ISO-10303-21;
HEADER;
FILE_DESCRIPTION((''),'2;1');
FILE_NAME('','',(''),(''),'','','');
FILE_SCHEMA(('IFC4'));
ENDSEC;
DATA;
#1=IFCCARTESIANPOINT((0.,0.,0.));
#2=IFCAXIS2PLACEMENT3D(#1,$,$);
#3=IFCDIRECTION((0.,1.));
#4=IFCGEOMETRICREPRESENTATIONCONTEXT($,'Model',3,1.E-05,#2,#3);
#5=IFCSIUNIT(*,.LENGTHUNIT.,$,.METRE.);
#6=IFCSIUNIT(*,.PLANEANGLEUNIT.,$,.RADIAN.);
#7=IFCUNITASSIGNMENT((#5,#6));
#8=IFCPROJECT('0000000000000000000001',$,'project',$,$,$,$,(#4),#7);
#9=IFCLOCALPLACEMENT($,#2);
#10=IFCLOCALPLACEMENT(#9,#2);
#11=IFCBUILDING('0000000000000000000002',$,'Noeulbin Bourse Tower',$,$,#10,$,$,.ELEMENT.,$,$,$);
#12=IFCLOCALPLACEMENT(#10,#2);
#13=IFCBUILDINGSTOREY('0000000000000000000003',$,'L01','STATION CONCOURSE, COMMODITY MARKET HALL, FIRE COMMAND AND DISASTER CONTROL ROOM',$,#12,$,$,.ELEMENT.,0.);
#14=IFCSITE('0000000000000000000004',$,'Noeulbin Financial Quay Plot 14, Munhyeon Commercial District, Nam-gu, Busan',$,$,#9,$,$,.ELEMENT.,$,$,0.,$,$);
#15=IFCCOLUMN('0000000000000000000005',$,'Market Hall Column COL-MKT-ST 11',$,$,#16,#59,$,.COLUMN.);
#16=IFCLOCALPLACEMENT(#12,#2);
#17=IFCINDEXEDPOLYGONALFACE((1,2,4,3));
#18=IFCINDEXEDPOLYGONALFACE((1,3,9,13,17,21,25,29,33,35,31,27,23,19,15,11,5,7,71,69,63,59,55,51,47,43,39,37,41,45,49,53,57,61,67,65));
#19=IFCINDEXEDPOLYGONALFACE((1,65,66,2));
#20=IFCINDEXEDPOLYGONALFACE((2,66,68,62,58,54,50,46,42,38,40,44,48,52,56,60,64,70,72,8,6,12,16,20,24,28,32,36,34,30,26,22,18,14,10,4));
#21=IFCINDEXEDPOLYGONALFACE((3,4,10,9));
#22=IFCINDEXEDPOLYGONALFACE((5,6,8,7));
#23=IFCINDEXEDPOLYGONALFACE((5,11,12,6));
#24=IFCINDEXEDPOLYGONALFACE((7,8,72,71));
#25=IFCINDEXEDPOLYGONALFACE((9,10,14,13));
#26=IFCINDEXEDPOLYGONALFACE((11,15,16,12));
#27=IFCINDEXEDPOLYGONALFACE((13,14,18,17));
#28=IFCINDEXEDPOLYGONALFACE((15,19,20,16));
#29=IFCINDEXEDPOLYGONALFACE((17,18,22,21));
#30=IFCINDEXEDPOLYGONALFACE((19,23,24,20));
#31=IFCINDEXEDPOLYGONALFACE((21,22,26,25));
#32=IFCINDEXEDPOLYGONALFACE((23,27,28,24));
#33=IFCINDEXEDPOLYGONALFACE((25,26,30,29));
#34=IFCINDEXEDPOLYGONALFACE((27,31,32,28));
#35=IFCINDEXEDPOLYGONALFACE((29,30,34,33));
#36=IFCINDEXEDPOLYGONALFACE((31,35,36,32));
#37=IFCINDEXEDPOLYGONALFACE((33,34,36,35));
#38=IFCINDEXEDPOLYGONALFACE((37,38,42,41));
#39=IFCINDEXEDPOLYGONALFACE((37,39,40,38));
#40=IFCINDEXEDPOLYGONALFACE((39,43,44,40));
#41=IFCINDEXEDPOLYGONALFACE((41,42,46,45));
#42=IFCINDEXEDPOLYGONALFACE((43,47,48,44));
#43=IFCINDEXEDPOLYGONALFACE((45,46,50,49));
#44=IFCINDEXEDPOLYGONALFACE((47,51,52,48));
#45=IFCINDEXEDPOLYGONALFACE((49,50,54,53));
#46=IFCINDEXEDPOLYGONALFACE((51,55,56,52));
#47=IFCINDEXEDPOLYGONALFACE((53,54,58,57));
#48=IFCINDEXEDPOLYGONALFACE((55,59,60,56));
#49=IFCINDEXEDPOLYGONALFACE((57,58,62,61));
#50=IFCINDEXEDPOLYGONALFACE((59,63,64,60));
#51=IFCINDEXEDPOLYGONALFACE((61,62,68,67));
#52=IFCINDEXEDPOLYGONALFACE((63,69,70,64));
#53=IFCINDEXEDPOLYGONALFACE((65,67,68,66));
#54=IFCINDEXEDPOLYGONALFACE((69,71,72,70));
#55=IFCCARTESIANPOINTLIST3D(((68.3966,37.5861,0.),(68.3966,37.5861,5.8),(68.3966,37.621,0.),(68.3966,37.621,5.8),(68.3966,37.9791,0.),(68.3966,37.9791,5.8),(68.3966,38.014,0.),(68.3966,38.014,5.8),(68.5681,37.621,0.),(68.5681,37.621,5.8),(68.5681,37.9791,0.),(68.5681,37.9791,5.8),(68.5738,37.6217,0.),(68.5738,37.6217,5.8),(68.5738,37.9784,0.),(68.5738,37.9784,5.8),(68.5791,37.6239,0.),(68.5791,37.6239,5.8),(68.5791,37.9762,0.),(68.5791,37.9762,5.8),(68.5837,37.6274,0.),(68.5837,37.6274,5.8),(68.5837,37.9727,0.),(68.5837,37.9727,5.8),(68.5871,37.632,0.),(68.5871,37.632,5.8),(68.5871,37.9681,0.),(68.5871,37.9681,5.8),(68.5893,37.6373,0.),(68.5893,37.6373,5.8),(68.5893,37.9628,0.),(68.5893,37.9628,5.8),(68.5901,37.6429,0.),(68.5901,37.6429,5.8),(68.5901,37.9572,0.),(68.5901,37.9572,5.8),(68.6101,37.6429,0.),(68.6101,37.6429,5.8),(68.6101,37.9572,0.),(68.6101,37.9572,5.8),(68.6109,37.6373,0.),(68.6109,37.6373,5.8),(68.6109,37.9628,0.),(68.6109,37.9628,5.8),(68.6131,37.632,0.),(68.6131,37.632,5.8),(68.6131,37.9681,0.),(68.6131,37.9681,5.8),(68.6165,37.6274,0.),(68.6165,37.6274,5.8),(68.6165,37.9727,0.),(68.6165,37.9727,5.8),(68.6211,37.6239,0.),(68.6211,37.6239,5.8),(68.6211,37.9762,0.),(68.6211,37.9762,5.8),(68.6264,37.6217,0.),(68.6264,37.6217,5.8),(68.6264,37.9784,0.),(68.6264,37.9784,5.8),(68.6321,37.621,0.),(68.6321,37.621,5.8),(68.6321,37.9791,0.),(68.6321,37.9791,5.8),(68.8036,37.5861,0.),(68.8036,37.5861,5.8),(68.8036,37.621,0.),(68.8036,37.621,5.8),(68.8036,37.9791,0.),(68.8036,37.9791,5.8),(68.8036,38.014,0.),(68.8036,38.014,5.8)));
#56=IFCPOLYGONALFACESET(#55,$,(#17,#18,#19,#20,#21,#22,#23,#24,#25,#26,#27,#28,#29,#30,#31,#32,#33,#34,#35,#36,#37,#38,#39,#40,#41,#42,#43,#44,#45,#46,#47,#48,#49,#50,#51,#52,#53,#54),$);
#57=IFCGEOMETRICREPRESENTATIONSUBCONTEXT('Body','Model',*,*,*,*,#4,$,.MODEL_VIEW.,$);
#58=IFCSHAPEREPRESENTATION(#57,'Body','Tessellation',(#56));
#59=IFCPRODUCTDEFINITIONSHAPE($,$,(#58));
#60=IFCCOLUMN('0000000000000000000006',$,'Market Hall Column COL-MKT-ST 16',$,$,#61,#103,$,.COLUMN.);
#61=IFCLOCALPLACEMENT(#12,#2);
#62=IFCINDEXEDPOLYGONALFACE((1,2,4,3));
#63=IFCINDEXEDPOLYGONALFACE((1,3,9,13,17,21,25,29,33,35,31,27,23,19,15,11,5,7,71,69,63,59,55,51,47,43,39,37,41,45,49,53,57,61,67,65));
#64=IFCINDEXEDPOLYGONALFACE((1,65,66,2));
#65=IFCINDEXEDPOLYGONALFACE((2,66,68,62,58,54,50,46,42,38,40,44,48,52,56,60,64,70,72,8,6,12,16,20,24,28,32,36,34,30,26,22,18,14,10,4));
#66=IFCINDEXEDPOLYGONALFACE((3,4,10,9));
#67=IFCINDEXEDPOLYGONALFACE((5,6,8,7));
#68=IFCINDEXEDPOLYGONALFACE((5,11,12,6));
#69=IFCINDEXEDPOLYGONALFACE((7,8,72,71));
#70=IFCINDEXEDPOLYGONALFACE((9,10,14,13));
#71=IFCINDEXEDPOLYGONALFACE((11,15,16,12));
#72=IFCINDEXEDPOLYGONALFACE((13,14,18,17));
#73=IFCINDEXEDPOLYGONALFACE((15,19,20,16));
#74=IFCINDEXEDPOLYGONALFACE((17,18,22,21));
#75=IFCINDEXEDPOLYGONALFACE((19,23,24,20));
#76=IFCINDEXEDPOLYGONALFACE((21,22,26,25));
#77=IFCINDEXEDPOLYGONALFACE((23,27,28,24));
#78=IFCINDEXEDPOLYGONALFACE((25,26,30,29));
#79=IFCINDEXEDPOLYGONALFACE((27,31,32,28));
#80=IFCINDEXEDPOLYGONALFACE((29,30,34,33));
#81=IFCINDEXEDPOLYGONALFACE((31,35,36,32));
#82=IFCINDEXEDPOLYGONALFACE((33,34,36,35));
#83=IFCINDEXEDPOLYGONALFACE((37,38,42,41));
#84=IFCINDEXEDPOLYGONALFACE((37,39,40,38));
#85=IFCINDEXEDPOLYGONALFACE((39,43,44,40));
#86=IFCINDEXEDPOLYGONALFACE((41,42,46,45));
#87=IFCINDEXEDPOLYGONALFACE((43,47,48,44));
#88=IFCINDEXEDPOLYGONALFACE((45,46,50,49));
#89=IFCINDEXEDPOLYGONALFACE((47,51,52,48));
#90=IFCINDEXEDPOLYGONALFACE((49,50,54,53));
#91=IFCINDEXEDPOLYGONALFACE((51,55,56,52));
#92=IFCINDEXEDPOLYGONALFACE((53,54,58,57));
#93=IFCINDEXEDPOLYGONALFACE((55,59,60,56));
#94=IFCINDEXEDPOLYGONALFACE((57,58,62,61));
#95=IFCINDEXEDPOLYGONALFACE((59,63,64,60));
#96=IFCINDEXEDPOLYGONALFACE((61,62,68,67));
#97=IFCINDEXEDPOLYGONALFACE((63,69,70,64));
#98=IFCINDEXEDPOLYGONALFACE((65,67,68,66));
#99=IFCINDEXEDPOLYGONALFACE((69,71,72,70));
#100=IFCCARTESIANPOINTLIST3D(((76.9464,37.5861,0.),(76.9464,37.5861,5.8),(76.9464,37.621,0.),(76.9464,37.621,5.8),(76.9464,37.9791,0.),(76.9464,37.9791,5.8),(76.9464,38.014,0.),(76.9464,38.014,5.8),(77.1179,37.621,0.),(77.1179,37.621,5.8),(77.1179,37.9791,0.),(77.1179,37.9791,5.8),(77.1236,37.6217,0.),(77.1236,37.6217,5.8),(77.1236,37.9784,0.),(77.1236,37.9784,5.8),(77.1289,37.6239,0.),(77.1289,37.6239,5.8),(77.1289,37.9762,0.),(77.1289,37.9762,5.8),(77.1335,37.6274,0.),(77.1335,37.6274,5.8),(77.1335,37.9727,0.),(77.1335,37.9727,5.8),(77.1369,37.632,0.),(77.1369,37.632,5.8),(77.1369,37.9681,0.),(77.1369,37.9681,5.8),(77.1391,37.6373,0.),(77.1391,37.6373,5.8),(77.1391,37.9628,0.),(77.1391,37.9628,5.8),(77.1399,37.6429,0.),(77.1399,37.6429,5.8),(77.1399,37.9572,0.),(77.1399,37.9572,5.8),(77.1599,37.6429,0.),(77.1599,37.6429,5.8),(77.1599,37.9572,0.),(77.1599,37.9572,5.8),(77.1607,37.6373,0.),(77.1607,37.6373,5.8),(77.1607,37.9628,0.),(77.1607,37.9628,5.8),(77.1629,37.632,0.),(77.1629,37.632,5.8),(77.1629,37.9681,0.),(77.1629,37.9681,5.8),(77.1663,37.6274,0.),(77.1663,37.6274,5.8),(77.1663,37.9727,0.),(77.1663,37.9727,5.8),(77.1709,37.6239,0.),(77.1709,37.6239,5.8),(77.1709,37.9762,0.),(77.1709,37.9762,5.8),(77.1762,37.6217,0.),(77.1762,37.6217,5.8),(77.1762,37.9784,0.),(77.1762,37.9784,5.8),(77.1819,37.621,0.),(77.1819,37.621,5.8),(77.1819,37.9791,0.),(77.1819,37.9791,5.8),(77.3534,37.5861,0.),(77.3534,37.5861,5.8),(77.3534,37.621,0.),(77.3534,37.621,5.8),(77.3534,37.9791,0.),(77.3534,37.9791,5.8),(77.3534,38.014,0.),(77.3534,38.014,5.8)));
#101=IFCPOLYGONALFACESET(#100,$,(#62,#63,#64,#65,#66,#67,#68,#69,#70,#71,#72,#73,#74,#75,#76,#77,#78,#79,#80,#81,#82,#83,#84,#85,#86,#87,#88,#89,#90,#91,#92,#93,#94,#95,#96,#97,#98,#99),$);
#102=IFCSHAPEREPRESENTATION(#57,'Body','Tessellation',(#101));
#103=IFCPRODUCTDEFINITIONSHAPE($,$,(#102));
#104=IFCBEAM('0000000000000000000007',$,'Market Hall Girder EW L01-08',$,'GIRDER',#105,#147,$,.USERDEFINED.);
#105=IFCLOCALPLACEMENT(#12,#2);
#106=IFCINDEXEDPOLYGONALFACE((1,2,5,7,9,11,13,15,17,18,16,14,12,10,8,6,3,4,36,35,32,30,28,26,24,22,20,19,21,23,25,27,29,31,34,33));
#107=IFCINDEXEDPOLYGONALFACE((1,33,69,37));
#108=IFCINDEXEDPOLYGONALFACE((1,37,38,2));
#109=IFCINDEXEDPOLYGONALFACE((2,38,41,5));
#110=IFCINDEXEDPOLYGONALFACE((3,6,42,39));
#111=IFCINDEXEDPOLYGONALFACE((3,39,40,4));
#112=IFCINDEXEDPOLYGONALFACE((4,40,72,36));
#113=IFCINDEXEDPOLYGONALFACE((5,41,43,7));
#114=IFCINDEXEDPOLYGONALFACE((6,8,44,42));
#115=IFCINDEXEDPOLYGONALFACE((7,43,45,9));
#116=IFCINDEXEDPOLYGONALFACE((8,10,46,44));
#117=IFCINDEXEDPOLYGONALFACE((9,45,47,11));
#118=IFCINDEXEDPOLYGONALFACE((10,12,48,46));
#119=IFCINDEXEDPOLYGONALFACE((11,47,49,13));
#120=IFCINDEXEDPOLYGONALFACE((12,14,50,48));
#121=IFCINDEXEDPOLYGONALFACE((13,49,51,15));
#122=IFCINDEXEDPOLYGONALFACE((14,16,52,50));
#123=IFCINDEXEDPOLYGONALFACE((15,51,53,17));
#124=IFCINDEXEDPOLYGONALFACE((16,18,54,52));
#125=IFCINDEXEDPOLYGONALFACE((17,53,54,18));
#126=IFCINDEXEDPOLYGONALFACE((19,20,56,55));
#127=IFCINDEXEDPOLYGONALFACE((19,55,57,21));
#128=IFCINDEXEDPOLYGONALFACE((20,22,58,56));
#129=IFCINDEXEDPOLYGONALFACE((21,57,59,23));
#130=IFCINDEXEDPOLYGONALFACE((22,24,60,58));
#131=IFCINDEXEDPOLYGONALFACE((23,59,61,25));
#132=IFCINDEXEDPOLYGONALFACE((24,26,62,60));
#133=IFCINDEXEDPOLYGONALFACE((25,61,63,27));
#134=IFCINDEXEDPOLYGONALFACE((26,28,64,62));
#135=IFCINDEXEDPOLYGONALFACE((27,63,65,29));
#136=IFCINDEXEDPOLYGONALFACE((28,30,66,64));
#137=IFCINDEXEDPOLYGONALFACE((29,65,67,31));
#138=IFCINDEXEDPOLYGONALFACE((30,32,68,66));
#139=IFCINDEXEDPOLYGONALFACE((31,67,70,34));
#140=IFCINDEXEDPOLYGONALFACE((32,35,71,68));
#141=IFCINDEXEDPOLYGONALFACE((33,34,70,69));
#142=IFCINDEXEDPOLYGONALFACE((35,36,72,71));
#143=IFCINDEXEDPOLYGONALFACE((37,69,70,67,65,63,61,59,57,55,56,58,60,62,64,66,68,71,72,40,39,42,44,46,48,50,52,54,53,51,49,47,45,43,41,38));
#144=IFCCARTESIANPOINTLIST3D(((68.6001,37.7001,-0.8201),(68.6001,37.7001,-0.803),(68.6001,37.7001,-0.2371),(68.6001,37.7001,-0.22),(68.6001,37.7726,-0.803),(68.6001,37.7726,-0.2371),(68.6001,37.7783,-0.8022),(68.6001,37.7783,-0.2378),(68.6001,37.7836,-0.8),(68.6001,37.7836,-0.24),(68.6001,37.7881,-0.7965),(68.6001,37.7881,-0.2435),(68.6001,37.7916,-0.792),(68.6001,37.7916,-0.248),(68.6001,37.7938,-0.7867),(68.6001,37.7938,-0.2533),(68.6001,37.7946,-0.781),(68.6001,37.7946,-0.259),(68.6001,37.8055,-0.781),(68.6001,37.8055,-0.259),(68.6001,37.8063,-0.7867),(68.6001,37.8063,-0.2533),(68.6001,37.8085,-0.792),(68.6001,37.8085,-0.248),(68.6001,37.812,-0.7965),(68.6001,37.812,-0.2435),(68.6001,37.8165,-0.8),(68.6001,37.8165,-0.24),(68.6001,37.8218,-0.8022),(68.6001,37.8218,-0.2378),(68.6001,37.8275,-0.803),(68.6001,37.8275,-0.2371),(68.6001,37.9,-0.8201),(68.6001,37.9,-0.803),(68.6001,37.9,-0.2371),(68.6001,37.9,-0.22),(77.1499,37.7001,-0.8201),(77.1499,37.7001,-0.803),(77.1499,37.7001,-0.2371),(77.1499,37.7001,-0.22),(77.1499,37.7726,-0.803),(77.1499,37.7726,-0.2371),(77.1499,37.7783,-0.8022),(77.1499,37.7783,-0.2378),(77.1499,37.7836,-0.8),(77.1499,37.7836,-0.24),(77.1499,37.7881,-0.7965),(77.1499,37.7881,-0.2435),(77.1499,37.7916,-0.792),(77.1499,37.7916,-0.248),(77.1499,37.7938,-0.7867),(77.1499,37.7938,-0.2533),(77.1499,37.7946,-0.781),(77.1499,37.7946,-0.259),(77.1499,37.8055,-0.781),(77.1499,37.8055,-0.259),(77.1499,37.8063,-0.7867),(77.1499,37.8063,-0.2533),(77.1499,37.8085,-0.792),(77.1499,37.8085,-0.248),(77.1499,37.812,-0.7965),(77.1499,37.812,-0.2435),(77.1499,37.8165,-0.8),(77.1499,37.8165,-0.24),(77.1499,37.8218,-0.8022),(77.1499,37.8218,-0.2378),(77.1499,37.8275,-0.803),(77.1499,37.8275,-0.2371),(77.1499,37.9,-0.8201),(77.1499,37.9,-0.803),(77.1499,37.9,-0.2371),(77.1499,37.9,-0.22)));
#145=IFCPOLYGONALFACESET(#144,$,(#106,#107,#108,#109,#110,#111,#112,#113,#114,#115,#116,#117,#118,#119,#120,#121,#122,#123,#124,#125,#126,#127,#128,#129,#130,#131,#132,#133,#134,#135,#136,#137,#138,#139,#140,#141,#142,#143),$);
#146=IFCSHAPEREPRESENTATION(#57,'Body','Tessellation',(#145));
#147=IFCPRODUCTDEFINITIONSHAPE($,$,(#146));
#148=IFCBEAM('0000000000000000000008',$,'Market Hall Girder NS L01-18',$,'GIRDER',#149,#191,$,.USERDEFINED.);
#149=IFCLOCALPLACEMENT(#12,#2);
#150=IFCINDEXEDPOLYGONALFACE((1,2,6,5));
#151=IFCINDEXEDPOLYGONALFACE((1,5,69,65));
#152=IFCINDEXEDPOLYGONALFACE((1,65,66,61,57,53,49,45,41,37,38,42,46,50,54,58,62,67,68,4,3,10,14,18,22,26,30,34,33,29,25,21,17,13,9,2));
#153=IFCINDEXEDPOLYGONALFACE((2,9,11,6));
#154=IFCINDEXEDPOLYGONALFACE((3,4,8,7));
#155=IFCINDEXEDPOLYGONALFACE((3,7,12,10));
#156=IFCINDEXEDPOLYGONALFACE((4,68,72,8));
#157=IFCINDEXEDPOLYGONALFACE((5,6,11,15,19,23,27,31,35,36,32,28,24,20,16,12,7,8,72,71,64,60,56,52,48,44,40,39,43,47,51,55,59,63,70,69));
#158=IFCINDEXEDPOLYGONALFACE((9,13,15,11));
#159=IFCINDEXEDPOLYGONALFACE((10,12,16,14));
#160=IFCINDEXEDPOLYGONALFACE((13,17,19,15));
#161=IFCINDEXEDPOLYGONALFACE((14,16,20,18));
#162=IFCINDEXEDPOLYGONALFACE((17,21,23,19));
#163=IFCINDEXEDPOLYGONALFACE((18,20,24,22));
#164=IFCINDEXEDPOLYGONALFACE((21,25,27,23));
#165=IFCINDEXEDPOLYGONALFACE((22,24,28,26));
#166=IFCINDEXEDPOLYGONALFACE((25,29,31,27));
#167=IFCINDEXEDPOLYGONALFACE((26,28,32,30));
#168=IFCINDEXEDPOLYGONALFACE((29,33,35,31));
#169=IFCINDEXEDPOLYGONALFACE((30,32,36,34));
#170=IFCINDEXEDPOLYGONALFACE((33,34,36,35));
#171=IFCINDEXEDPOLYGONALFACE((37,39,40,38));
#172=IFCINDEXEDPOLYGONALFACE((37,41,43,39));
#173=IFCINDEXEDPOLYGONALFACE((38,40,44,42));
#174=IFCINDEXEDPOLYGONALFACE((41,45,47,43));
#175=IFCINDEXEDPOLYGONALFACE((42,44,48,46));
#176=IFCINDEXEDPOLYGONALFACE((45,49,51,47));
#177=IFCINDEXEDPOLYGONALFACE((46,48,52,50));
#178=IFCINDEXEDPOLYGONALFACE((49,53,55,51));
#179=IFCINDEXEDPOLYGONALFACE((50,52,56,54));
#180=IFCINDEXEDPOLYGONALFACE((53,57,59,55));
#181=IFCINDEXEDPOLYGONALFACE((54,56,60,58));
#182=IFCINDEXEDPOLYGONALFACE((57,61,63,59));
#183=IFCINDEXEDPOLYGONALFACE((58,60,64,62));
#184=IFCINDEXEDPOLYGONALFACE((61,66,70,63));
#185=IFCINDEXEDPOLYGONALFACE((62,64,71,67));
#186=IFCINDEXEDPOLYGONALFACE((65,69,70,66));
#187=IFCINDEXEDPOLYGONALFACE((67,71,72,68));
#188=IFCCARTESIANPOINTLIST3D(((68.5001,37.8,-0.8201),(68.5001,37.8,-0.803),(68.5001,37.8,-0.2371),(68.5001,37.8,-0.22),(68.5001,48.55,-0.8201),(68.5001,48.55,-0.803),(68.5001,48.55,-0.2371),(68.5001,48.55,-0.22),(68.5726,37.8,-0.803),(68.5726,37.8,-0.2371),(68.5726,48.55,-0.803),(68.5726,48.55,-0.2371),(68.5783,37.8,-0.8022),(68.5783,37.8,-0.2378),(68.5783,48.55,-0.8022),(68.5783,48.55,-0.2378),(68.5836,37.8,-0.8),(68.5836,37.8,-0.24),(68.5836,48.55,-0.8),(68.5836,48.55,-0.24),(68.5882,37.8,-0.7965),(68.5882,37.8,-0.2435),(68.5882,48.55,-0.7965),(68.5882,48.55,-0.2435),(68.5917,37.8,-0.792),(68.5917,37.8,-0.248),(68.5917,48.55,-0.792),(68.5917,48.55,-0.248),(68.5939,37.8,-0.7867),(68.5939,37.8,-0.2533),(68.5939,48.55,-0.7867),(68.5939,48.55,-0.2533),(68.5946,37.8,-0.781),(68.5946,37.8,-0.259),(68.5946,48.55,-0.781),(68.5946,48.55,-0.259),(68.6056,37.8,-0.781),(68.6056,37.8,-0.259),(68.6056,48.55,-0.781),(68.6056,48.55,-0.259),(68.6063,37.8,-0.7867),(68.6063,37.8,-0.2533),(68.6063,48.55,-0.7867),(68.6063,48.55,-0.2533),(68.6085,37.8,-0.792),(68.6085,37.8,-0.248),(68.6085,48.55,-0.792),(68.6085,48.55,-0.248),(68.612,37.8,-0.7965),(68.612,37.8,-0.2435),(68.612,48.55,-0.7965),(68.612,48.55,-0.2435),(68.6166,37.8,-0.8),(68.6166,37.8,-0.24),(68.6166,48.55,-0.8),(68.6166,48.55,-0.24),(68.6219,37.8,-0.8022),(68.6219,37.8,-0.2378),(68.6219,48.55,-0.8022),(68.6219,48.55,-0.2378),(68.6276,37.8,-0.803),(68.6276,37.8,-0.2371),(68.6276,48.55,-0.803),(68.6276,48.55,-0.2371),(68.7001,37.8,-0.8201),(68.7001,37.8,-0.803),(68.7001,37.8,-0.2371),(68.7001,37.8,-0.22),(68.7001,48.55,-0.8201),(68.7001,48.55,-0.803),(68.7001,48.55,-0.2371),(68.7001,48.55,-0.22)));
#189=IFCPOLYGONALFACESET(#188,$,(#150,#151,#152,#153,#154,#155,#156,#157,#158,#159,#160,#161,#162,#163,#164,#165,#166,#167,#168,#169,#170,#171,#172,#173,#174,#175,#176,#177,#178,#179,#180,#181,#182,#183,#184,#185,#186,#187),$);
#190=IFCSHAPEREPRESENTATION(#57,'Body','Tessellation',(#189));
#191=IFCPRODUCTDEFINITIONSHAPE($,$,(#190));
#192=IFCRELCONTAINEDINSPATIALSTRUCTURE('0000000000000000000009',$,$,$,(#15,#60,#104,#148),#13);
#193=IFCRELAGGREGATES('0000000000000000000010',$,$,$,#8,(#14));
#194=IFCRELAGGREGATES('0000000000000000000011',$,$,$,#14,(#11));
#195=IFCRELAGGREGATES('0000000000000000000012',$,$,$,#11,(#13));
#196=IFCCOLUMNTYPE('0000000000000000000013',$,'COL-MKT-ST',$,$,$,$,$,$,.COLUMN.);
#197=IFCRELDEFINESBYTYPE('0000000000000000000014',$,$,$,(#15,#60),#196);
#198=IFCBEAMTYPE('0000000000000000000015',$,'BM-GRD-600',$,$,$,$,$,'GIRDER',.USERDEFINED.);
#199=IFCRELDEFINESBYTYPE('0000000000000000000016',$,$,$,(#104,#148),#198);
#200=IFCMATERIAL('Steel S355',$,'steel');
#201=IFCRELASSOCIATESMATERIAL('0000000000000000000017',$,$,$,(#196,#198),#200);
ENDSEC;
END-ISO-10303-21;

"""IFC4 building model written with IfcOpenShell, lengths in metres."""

from ifc_helpers import new_model, si_unit, direction, frame, origin, origin_2d, place, context, subcontext, project, spatial, i_section, extrude, material, material_profile, profile_set, type_object, element, save


model = new_model("IFC4")

# Units and contexts
model_context = context("Model", 3, precision=1e-05, world=origin(), true_north=direction((0.0, 1.0)))
body_context = subcontext(model_context, "Body", "Model", "MODEL_VIEW")
ifc_project = project(units=[si_unit("LENGTHUNIT", "METRE"), si_unit("PLANEANGLEUNIT", "RADIAN")], contexts=[model_context])

# Site, building, storey
site_placement = place(None, origin())
site = spatial("IfcSite", under=ifc_project, at=site_placement, Name="Noeulbin Financial Quay Plot 14, Munhyeon Commercial District, Nam-gu, Busan", CompositionType="ELEMENT", RefElevation=0.0)
building_placement = place(site_placement, origin())
building = spatial("IfcBuilding", under=site, at=building_placement, Name="Noeulbin Bourse Tower", CompositionType="ELEMENT")
storey_placement = place(building_placement, origin())
storey = spatial("IfcBuildingStorey", under=building, at=storey_placement, Name="L01", Description="STATION CONCOURSE, COMMODITY MARKET HALL, FIRE COMMAND AND DISASTER CONTROL ROOM", CompositionType="ELEMENT", Elevation=0.0)

# Columns
ifc_material_1 = material(Name="Steel S355", Category="steel")
ifc_material_profile_1 = material_profile(ifc_material_1, i_section(OverallWidth=0.407, OverallDepth=0.428, WebThickness=0.02, FlangeThickness=0.0349, FilletRadius=0.022, at=origin_2d()), Name="H-428x407x20x35", Category="LoadBearing")
ifc_profile_set_1 = profile_set([ifc_material_profile_1], Name="Steel S355")
column_type = type_object("IfcColumnType", Name="COL-MKT-ST", PredefinedType="COLUMN", material=ifc_profile_set_1)
for number, where, z_axis, x_axis, name in (
    (1, (68.6001, 37.8, 0.0), (0.0, 0.0, 1.0), (1.0, 0.0, 0.0), "Market Hall Column COL-MKT-ST 11"),
    (2, (77.1499, 37.8, 0.0), (0.0, 0.0, 1.0), (1.0, 0.0, 0.0), "Market Hall Column COL-MKT-ST 16"),
):
    element("IfcColumn", number, at=place(storey_placement, frame(where, z_axis=z_axis, x_axis=x_axis)), inside=storey, type_object=column_type, Name=name, PredefinedType="COLUMN", context=body_context, shape_type="SweptSolid", body=[
        extrude(i_section(OverallWidth=0.407, OverallDepth=0.428, WebThickness=0.02, FlangeThickness=0.0349, FilletRadius=0.022, at=origin_2d()), origin(), (0.0, 0.0, 1.0), 5.8),
    ])

# Beams
ifc_material_profile_2 = material_profile(ifc_material_1, i_section(OverallWidth=0.2, OverallDepth=0.6001, WebThickness=0.011, FlangeThickness=0.0171, FilletRadius=0.022, at=origin_2d()), Name="H-600x200x11x17", Category="LoadBearing")
ifc_profile_set_2 = profile_set([ifc_material_profile_2], Name="Steel S355")
beam_type_1 = type_object("IfcBeamType", Name="BM-GRD-600", ElementType="GIRDER", PredefinedType="USERDEFINED", material=ifc_profile_set_2)
beam_1_placement = place(storey_placement, frame((68.6001, 37.8, -0.52), z_axis=(1.0, 0.0, 0.0), x_axis=(0.0, 1.0, 0.0)))
element("IfcBeam", 3, at=beam_1_placement, inside=storey, type_object=beam_type_1, Name="Market Hall Girder EW L01-08", ObjectType="GIRDER", PredefinedType="USERDEFINED", context=body_context, shape_type="SweptSolid", body=[
    extrude(i_section(OverallWidth=0.2, OverallDepth=0.6001, WebThickness=0.011, FlangeThickness=0.0171, FilletRadius=0.022, at=origin_2d()), origin(), (0.0, 0.0, 1.0), 8.5498),
])
for number, where, z_axis, x_axis, name in (
    (4, (68.6001, 37.8, -0.52), (0.0, 1.0, 0.0), (-1.0, 0.0, 0.0), "Market Hall Girder NS L01-18"),
):
    element("IfcBeam", number, at=place(storey_placement, frame(where, z_axis=z_axis, x_axis=x_axis)), inside=storey, type_object=beam_type_1, Name=name, ObjectType="GIRDER", PredefinedType="USERDEFINED", context=body_context, shape_type="SweptSolid", body=[
        extrude(i_section(OverallWidth=0.2, OverallDepth=0.6001, WebThickness=0.011, FlangeThickness=0.0171, FilletRadius=0.022, at=origin_2d()), origin(), (0.0, 0.0, 1.0), 10.75),
    ])

save(model, "model.ifc")
